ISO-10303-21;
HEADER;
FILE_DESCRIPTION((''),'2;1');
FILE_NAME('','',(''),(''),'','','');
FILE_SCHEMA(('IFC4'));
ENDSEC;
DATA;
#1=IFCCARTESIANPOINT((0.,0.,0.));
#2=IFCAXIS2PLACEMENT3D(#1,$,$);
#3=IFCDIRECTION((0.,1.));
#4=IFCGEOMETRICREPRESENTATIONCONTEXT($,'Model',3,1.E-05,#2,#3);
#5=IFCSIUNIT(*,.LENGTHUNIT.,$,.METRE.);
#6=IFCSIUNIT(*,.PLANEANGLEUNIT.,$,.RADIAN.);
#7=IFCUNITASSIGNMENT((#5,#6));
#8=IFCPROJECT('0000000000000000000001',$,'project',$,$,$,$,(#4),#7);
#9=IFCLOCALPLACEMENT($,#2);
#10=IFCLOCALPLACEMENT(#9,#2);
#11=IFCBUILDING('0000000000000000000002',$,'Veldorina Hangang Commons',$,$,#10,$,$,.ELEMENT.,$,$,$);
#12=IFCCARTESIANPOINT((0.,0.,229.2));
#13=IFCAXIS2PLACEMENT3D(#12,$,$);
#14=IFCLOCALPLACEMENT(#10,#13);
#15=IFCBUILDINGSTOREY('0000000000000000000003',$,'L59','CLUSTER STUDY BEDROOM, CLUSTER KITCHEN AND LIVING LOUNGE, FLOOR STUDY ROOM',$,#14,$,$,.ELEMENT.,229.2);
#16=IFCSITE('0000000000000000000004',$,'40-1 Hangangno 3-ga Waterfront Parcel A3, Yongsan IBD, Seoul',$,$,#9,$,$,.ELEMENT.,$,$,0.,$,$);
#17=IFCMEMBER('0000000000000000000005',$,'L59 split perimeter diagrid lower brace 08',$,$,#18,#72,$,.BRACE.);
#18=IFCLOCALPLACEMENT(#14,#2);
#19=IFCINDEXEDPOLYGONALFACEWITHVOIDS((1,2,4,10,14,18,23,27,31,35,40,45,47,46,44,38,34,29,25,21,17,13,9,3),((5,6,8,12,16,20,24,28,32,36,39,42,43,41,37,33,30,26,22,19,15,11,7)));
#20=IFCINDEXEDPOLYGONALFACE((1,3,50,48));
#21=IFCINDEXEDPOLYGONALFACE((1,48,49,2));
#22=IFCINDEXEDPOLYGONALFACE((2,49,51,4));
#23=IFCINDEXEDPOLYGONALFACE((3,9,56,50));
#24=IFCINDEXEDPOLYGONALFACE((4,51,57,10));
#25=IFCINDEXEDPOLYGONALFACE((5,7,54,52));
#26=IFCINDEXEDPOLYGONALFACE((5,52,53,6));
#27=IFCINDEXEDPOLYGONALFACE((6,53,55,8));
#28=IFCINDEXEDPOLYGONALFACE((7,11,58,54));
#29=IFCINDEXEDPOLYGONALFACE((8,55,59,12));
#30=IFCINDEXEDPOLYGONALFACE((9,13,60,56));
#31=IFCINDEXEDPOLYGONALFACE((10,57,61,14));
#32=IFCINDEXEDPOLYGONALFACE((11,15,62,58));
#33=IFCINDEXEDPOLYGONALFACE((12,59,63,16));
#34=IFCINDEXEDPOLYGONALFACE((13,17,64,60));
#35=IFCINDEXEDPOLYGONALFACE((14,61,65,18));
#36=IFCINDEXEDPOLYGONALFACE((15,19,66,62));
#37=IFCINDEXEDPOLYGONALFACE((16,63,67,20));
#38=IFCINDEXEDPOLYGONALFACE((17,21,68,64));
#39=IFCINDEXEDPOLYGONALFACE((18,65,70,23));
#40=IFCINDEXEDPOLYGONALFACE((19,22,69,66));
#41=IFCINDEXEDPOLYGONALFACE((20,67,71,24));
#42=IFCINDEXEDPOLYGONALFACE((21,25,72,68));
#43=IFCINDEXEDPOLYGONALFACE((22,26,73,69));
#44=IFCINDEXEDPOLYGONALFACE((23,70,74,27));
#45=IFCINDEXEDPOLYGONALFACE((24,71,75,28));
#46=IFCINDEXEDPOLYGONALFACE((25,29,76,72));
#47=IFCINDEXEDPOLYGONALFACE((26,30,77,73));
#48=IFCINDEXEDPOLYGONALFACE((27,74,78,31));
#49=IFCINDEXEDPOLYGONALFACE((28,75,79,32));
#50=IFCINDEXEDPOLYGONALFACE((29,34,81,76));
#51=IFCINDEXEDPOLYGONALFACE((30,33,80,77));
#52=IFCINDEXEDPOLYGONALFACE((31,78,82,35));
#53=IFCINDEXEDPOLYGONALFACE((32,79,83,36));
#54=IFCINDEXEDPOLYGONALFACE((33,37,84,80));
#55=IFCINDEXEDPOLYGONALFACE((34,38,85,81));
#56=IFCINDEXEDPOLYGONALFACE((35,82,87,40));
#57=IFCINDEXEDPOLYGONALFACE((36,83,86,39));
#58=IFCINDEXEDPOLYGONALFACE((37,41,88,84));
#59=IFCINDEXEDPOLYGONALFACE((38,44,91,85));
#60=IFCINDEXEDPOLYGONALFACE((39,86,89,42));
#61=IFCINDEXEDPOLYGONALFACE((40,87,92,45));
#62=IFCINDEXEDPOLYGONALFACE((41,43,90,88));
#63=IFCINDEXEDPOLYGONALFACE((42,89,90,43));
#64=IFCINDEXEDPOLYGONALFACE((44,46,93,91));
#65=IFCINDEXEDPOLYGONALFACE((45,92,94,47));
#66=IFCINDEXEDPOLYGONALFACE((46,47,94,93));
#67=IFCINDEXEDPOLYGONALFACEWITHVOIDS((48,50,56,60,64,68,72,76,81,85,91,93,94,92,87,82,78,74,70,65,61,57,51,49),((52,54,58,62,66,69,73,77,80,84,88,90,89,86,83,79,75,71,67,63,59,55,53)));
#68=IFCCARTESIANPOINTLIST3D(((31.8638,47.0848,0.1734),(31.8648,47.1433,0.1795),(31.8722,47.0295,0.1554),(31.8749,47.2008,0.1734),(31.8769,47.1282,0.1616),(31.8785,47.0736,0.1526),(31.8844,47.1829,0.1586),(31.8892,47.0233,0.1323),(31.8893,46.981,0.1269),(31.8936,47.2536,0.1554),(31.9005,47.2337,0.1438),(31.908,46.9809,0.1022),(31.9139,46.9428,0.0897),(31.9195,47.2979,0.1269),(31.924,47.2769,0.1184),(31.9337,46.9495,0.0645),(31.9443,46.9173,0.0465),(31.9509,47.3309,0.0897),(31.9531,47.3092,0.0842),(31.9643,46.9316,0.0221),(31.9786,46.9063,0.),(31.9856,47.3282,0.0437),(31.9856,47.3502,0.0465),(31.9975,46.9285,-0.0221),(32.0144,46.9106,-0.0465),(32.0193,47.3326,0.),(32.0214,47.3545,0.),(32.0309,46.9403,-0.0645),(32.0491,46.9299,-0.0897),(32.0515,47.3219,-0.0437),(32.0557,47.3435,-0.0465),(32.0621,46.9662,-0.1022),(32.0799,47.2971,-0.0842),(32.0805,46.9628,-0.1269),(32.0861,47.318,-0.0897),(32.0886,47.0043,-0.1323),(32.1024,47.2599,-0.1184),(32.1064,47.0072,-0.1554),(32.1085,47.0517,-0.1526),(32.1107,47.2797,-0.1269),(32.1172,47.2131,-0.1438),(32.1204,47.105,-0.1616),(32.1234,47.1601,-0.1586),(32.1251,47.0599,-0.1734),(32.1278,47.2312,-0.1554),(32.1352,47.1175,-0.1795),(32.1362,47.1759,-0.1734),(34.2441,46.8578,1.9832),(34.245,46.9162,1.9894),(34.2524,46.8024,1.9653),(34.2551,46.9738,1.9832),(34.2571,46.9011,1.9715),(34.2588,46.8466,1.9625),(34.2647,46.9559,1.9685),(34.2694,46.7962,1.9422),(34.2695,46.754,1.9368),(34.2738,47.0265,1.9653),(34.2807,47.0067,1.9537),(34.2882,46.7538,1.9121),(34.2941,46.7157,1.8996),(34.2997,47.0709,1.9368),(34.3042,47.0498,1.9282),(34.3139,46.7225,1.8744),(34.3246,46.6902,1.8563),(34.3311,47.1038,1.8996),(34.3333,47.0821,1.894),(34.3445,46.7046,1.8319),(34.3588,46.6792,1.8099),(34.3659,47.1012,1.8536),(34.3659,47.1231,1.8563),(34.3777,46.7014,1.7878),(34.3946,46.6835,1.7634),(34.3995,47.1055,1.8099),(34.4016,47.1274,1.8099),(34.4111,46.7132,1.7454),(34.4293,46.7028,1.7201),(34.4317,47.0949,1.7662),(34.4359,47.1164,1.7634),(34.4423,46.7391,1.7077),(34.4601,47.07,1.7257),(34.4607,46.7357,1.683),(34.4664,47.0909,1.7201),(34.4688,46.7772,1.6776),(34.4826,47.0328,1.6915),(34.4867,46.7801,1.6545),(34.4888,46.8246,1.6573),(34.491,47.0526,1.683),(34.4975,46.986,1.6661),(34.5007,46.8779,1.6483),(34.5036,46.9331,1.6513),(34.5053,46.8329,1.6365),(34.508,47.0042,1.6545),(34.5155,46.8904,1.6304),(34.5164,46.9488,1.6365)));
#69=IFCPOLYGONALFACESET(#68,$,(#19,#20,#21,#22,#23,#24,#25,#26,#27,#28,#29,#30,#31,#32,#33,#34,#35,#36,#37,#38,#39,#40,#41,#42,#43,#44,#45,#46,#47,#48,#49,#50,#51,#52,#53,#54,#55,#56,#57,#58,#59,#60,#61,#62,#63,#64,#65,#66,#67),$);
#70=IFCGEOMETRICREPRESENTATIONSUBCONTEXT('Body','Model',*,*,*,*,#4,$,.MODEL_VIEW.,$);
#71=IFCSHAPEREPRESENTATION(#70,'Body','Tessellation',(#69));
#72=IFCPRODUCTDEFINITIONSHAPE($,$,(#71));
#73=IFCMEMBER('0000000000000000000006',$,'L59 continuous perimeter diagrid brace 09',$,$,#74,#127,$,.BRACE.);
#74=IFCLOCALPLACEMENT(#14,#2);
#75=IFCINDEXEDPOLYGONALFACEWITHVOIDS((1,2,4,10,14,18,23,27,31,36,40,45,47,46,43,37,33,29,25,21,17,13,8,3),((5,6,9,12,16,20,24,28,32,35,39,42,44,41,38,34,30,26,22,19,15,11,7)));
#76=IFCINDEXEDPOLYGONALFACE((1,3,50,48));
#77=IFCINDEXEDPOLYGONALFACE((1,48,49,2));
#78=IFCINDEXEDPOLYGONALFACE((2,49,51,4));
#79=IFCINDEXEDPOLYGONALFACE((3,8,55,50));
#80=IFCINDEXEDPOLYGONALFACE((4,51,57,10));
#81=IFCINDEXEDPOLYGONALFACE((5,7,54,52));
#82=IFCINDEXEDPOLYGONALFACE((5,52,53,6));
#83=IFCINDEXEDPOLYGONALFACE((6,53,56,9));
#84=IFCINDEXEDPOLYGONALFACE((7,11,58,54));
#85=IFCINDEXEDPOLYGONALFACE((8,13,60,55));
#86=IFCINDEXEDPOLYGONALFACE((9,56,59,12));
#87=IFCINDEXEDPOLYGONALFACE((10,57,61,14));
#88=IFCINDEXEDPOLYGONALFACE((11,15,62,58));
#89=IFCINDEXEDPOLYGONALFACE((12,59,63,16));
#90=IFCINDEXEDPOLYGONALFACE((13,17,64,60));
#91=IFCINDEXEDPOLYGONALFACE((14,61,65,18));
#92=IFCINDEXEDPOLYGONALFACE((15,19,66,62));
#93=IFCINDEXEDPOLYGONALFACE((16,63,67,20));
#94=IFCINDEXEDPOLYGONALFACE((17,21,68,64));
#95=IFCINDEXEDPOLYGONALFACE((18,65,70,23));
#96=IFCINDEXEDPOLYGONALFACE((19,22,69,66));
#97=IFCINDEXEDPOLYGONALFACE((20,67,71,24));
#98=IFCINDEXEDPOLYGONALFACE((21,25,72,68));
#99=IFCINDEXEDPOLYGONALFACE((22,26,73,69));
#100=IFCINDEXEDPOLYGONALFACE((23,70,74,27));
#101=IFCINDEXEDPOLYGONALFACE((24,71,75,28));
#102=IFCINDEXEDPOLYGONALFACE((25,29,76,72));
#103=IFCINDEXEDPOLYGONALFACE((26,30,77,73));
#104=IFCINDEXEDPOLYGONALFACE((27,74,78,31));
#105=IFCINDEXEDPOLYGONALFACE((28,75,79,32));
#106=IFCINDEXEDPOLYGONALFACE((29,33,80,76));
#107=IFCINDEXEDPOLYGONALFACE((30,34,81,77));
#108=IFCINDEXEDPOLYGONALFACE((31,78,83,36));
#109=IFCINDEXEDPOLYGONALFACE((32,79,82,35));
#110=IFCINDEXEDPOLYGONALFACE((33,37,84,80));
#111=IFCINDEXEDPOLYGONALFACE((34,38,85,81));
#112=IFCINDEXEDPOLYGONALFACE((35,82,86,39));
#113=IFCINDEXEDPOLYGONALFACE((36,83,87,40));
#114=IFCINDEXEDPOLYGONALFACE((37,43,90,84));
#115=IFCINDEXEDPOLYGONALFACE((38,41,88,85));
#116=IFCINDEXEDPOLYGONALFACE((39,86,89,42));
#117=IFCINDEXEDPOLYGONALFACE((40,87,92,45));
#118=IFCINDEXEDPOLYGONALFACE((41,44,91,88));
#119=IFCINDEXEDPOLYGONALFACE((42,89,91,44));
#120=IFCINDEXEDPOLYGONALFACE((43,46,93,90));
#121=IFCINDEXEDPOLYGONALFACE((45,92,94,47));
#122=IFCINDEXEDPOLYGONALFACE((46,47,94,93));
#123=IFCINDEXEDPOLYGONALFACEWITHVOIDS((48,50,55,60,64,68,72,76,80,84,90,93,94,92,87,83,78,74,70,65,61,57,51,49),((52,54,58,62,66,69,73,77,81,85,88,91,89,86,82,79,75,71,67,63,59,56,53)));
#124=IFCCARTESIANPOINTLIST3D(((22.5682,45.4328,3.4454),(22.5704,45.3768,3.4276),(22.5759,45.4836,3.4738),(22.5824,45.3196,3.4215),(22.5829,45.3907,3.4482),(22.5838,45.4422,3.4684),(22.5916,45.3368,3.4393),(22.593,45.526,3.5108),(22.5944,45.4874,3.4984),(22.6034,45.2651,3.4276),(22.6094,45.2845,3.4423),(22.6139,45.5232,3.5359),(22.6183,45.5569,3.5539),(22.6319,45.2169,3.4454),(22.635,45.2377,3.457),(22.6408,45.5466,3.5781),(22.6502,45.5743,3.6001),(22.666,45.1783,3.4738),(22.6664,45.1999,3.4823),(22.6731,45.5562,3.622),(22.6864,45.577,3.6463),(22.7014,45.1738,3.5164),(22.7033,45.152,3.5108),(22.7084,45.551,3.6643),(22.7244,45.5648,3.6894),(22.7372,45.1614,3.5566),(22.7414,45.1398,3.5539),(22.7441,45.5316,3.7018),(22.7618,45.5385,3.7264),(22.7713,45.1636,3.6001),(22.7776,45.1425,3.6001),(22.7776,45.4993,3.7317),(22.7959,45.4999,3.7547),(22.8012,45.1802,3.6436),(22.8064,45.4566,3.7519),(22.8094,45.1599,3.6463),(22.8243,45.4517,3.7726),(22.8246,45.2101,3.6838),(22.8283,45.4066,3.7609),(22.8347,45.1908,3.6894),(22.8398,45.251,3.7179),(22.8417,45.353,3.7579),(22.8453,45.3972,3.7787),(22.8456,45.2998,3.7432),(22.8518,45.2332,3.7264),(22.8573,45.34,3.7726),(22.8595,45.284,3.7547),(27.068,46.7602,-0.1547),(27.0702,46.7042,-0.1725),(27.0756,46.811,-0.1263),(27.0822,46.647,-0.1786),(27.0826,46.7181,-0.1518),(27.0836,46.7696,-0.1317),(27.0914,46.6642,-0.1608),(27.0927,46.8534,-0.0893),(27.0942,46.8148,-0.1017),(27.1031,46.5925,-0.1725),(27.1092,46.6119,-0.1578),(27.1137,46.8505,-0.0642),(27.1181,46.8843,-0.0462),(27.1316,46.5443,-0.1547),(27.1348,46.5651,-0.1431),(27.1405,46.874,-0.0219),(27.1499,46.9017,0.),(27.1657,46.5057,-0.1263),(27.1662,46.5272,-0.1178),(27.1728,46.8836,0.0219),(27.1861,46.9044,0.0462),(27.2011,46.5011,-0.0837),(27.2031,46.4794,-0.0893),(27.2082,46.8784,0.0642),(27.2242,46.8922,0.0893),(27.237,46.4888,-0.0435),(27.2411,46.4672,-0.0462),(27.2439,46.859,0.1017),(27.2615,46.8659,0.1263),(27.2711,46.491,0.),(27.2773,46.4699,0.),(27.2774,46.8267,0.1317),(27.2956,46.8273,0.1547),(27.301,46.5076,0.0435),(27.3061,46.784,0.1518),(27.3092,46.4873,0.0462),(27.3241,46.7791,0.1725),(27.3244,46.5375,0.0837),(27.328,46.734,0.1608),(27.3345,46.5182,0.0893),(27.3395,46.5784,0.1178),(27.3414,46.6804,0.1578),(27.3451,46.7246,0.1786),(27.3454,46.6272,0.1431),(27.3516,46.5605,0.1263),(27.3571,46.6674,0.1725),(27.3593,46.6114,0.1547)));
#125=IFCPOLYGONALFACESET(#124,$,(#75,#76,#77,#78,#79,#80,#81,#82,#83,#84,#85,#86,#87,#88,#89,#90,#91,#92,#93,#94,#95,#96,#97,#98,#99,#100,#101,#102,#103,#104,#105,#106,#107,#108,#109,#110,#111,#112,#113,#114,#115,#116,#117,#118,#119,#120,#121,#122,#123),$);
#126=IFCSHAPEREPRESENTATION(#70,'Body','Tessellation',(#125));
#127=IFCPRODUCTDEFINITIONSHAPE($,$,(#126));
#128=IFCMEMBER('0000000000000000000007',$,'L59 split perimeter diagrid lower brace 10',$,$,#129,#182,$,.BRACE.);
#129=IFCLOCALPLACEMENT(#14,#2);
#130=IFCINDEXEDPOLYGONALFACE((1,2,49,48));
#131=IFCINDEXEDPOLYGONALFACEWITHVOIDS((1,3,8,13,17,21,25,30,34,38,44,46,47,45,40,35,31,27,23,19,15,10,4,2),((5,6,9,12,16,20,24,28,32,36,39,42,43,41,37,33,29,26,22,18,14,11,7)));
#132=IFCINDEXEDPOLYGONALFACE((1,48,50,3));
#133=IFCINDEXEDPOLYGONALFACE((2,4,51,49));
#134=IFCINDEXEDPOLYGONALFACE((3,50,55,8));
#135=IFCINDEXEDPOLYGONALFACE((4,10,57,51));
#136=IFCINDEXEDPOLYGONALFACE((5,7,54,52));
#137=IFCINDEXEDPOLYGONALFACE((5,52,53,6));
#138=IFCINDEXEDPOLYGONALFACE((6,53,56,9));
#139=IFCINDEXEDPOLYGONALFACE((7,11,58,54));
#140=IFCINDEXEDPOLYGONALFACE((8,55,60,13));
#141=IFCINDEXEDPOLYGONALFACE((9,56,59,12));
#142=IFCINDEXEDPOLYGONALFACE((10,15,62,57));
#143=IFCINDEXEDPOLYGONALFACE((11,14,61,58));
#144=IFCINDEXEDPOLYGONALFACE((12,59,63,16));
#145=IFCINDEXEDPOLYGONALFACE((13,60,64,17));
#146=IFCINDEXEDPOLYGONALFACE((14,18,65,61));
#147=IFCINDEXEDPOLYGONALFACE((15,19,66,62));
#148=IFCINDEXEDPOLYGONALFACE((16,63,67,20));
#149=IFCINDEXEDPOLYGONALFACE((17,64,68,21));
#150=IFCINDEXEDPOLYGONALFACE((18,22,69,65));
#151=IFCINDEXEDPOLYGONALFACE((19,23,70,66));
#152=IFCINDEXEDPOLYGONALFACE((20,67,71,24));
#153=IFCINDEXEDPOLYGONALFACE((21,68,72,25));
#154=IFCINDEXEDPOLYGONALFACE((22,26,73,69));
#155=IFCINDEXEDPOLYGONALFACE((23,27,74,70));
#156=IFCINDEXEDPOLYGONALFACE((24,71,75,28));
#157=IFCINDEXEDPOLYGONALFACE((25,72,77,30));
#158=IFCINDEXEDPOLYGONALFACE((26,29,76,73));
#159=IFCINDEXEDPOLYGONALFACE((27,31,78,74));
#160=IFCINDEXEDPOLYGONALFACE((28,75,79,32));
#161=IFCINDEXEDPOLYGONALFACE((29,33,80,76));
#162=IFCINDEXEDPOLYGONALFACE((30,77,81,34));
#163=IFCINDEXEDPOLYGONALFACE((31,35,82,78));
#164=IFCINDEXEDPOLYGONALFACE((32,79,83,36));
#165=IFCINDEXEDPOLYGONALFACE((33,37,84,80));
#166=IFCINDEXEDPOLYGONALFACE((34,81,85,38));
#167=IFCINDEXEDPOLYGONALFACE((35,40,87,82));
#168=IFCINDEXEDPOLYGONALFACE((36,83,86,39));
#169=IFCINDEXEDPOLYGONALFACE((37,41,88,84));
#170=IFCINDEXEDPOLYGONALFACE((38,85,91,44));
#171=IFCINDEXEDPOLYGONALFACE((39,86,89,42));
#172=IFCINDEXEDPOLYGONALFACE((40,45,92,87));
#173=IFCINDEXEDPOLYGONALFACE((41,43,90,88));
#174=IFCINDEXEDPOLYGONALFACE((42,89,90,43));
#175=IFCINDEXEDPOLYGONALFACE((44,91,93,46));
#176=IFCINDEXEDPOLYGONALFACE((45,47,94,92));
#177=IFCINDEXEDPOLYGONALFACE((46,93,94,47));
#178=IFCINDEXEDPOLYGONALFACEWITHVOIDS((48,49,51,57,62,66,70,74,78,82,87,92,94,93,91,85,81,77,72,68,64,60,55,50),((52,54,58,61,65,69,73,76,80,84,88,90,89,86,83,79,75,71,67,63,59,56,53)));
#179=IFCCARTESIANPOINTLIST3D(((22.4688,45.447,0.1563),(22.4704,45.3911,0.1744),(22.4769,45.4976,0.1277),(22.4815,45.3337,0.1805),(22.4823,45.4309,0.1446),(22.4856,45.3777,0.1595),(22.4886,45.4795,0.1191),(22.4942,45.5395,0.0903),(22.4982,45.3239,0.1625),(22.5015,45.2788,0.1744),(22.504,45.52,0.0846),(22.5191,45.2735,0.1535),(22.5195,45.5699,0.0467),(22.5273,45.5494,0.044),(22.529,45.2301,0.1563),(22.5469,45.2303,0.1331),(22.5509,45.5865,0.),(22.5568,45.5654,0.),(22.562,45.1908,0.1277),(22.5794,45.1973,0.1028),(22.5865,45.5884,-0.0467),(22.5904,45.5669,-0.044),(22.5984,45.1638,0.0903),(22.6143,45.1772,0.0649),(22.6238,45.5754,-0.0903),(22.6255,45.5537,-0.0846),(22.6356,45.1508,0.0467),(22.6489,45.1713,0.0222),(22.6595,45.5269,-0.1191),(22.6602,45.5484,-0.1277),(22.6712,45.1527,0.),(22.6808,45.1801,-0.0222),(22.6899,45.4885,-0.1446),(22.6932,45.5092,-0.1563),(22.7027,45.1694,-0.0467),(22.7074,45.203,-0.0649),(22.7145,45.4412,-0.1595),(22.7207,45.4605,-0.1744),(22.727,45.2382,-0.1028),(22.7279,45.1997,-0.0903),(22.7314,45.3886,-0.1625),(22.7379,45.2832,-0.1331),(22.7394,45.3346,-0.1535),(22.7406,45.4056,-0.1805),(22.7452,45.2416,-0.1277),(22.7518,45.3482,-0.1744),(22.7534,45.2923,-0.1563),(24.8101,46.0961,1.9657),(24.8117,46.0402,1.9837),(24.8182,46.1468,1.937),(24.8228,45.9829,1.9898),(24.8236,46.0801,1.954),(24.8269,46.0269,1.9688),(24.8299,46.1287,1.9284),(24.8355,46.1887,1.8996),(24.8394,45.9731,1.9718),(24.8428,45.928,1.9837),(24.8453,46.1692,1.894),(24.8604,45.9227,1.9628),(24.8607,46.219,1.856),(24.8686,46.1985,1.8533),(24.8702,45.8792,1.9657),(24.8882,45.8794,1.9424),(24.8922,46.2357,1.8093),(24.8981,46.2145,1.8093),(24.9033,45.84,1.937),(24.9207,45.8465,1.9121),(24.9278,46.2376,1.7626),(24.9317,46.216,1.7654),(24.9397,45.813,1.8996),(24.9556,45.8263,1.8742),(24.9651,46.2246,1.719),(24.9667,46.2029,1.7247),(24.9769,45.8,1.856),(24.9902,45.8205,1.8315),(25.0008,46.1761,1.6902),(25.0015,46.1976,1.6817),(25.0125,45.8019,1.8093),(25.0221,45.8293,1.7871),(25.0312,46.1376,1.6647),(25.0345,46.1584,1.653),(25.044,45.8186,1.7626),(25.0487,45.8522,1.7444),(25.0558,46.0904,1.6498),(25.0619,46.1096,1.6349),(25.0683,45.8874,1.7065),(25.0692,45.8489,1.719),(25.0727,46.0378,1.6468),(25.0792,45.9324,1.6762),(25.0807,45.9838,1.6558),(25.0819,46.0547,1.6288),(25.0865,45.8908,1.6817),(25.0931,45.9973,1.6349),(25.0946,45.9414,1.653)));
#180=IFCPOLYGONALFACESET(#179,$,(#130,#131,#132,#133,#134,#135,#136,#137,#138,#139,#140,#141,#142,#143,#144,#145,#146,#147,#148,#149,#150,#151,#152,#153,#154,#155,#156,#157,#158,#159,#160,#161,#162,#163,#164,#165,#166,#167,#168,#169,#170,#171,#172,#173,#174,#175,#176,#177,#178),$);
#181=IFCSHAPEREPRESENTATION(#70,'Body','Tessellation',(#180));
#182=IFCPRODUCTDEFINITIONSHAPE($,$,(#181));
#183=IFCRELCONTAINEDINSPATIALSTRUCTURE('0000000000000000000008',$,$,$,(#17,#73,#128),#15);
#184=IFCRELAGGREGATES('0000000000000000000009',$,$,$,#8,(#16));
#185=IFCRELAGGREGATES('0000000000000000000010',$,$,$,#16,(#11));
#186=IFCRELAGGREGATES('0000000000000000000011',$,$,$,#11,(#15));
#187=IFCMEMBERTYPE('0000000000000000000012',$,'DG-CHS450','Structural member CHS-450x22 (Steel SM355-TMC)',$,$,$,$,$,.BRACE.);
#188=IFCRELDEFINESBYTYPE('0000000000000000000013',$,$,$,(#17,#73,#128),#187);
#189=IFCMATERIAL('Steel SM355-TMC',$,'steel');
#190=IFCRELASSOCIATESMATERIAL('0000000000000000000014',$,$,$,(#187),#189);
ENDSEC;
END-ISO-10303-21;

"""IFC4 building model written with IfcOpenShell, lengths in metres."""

from ifc_helpers import new_model, si_unit, direction, frame, origin, origin_2d, place, context, subcontext, project, spatial, hollow_circle, extrude, material, material_profile, profile_set, type_object, element, save


model = new_model("IFC4")

# Units and contexts
model_context = context("Model", 3, precision=1e-05, world=origin(), true_north=direction((0.0, 1.0)))
body_context = subcontext(model_context, "Body", "Model", "MODEL_VIEW")
ifc_project = project(units=[si_unit("LENGTHUNIT", "METRE"), si_unit("PLANEANGLEUNIT", "RADIAN")], contexts=[model_context])

# Site, building, storey
site_placement = place(None, origin())
site = spatial("IfcSite", under=ifc_project, at=site_placement, Name="40-1 Hangangno 3-ga Waterfront Parcel A3, Yongsan IBD, Seoul", CompositionType="ELEMENT", RefElevation=0.0)
building_placement = place(site_placement, origin())
building = spatial("IfcBuilding", under=site, at=building_placement, Name="Veldorina Hangang Commons", CompositionType="ELEMENT")
storey_placement = place(building_placement, frame((0.0, 0.0, 229.2)))
storey = spatial("IfcBuildingStorey", under=building, at=storey_placement, Name="L59", Description="CLUSTER STUDY BEDROOM, CLUSTER KITCHEN AND LIVING LOUNGE, FLOOR STUDY ROOM", CompositionType="ELEMENT", Elevation=229.2)

# Shared definitions
ifc_material_1 = material(Name="Steel SM355-TMC", Category="steel")

# Members
ifc_material_profile_1 = material_profile(ifc_material_1, hollow_circle(Radius=0.2251, WallThickness=0.022, at=origin_2d()), Name="CHS-450x22")
ifc_profile_set_1 = profile_set([ifc_material_profile_1], Name="Steel SM355-TMC")
member_type_1 = type_object("IfcMemberType", Name="DG-CHS450", Description="Structural member CHS-450x22 (Steel SM355-TMC)", PredefinedType="BRACE", material=ifc_profile_set_1)
member_1_placement = place(storey_placement, frame((32.0, 47.1304, 0.0), z_axis=(0.793729, -0.075717, 0.60354), x_axis=(0.094963, 0.995481, 0.0)))
element("IfcMember", 1, at=member_1_placement, inside=storey, type_object=member_type_1, Name="L59 split perimeter diagrid lower brace 08", PredefinedType="BRACE", context=body_context, shape_type="SweptSolid", body=[
    extrude(hollow_circle(Radius=0.2251, WallThickness=0.022, at=origin_2d()), origin(), (0.0, 0.0, 1.0), 2.9988),
])
member_2_placement = place(storey_placement, frame((27.2136, 46.6858, 0.0), z_axis=(-0.760919, -0.224465, 0.608784), x_axis=(0.282938, -0.959138, 0.0)))
element("IfcMember", 2, at=member_2_placement, inside=storey, type_object=member_type_1, Name="L59 continuous perimeter diagrid brace 09", PredefinedType="BRACE", context=body_context, shape_type="SweptSolid", body=[
    extrude(hollow_circle(Radius=0.2251, WallThickness=0.022, at=origin_2d()), origin(), (0.0, 0.0, 1.0), 5.9136),
])
member_3_placement = place(storey_placement, frame((22.6111, 45.3696, 0.0), z_axis=(0.772881, 0.214295, 0.59727), x_axis=(-0.267188, 0.963644, 0.0)))
element("IfcMember", 3, at=member_3_placement, inside=storey, type_object=member_type_1, Name="L59 split perimeter diagrid lower brace 10", PredefinedType="BRACE", context=body_context, shape_type="SweptSolid", body=[
    extrude(hollow_circle(Radius=0.2251, WallThickness=0.022, at=origin_2d()), origin(), (0.0, 0.0, 1.0), 3.0293),
])

save(model, "model.ifc")
